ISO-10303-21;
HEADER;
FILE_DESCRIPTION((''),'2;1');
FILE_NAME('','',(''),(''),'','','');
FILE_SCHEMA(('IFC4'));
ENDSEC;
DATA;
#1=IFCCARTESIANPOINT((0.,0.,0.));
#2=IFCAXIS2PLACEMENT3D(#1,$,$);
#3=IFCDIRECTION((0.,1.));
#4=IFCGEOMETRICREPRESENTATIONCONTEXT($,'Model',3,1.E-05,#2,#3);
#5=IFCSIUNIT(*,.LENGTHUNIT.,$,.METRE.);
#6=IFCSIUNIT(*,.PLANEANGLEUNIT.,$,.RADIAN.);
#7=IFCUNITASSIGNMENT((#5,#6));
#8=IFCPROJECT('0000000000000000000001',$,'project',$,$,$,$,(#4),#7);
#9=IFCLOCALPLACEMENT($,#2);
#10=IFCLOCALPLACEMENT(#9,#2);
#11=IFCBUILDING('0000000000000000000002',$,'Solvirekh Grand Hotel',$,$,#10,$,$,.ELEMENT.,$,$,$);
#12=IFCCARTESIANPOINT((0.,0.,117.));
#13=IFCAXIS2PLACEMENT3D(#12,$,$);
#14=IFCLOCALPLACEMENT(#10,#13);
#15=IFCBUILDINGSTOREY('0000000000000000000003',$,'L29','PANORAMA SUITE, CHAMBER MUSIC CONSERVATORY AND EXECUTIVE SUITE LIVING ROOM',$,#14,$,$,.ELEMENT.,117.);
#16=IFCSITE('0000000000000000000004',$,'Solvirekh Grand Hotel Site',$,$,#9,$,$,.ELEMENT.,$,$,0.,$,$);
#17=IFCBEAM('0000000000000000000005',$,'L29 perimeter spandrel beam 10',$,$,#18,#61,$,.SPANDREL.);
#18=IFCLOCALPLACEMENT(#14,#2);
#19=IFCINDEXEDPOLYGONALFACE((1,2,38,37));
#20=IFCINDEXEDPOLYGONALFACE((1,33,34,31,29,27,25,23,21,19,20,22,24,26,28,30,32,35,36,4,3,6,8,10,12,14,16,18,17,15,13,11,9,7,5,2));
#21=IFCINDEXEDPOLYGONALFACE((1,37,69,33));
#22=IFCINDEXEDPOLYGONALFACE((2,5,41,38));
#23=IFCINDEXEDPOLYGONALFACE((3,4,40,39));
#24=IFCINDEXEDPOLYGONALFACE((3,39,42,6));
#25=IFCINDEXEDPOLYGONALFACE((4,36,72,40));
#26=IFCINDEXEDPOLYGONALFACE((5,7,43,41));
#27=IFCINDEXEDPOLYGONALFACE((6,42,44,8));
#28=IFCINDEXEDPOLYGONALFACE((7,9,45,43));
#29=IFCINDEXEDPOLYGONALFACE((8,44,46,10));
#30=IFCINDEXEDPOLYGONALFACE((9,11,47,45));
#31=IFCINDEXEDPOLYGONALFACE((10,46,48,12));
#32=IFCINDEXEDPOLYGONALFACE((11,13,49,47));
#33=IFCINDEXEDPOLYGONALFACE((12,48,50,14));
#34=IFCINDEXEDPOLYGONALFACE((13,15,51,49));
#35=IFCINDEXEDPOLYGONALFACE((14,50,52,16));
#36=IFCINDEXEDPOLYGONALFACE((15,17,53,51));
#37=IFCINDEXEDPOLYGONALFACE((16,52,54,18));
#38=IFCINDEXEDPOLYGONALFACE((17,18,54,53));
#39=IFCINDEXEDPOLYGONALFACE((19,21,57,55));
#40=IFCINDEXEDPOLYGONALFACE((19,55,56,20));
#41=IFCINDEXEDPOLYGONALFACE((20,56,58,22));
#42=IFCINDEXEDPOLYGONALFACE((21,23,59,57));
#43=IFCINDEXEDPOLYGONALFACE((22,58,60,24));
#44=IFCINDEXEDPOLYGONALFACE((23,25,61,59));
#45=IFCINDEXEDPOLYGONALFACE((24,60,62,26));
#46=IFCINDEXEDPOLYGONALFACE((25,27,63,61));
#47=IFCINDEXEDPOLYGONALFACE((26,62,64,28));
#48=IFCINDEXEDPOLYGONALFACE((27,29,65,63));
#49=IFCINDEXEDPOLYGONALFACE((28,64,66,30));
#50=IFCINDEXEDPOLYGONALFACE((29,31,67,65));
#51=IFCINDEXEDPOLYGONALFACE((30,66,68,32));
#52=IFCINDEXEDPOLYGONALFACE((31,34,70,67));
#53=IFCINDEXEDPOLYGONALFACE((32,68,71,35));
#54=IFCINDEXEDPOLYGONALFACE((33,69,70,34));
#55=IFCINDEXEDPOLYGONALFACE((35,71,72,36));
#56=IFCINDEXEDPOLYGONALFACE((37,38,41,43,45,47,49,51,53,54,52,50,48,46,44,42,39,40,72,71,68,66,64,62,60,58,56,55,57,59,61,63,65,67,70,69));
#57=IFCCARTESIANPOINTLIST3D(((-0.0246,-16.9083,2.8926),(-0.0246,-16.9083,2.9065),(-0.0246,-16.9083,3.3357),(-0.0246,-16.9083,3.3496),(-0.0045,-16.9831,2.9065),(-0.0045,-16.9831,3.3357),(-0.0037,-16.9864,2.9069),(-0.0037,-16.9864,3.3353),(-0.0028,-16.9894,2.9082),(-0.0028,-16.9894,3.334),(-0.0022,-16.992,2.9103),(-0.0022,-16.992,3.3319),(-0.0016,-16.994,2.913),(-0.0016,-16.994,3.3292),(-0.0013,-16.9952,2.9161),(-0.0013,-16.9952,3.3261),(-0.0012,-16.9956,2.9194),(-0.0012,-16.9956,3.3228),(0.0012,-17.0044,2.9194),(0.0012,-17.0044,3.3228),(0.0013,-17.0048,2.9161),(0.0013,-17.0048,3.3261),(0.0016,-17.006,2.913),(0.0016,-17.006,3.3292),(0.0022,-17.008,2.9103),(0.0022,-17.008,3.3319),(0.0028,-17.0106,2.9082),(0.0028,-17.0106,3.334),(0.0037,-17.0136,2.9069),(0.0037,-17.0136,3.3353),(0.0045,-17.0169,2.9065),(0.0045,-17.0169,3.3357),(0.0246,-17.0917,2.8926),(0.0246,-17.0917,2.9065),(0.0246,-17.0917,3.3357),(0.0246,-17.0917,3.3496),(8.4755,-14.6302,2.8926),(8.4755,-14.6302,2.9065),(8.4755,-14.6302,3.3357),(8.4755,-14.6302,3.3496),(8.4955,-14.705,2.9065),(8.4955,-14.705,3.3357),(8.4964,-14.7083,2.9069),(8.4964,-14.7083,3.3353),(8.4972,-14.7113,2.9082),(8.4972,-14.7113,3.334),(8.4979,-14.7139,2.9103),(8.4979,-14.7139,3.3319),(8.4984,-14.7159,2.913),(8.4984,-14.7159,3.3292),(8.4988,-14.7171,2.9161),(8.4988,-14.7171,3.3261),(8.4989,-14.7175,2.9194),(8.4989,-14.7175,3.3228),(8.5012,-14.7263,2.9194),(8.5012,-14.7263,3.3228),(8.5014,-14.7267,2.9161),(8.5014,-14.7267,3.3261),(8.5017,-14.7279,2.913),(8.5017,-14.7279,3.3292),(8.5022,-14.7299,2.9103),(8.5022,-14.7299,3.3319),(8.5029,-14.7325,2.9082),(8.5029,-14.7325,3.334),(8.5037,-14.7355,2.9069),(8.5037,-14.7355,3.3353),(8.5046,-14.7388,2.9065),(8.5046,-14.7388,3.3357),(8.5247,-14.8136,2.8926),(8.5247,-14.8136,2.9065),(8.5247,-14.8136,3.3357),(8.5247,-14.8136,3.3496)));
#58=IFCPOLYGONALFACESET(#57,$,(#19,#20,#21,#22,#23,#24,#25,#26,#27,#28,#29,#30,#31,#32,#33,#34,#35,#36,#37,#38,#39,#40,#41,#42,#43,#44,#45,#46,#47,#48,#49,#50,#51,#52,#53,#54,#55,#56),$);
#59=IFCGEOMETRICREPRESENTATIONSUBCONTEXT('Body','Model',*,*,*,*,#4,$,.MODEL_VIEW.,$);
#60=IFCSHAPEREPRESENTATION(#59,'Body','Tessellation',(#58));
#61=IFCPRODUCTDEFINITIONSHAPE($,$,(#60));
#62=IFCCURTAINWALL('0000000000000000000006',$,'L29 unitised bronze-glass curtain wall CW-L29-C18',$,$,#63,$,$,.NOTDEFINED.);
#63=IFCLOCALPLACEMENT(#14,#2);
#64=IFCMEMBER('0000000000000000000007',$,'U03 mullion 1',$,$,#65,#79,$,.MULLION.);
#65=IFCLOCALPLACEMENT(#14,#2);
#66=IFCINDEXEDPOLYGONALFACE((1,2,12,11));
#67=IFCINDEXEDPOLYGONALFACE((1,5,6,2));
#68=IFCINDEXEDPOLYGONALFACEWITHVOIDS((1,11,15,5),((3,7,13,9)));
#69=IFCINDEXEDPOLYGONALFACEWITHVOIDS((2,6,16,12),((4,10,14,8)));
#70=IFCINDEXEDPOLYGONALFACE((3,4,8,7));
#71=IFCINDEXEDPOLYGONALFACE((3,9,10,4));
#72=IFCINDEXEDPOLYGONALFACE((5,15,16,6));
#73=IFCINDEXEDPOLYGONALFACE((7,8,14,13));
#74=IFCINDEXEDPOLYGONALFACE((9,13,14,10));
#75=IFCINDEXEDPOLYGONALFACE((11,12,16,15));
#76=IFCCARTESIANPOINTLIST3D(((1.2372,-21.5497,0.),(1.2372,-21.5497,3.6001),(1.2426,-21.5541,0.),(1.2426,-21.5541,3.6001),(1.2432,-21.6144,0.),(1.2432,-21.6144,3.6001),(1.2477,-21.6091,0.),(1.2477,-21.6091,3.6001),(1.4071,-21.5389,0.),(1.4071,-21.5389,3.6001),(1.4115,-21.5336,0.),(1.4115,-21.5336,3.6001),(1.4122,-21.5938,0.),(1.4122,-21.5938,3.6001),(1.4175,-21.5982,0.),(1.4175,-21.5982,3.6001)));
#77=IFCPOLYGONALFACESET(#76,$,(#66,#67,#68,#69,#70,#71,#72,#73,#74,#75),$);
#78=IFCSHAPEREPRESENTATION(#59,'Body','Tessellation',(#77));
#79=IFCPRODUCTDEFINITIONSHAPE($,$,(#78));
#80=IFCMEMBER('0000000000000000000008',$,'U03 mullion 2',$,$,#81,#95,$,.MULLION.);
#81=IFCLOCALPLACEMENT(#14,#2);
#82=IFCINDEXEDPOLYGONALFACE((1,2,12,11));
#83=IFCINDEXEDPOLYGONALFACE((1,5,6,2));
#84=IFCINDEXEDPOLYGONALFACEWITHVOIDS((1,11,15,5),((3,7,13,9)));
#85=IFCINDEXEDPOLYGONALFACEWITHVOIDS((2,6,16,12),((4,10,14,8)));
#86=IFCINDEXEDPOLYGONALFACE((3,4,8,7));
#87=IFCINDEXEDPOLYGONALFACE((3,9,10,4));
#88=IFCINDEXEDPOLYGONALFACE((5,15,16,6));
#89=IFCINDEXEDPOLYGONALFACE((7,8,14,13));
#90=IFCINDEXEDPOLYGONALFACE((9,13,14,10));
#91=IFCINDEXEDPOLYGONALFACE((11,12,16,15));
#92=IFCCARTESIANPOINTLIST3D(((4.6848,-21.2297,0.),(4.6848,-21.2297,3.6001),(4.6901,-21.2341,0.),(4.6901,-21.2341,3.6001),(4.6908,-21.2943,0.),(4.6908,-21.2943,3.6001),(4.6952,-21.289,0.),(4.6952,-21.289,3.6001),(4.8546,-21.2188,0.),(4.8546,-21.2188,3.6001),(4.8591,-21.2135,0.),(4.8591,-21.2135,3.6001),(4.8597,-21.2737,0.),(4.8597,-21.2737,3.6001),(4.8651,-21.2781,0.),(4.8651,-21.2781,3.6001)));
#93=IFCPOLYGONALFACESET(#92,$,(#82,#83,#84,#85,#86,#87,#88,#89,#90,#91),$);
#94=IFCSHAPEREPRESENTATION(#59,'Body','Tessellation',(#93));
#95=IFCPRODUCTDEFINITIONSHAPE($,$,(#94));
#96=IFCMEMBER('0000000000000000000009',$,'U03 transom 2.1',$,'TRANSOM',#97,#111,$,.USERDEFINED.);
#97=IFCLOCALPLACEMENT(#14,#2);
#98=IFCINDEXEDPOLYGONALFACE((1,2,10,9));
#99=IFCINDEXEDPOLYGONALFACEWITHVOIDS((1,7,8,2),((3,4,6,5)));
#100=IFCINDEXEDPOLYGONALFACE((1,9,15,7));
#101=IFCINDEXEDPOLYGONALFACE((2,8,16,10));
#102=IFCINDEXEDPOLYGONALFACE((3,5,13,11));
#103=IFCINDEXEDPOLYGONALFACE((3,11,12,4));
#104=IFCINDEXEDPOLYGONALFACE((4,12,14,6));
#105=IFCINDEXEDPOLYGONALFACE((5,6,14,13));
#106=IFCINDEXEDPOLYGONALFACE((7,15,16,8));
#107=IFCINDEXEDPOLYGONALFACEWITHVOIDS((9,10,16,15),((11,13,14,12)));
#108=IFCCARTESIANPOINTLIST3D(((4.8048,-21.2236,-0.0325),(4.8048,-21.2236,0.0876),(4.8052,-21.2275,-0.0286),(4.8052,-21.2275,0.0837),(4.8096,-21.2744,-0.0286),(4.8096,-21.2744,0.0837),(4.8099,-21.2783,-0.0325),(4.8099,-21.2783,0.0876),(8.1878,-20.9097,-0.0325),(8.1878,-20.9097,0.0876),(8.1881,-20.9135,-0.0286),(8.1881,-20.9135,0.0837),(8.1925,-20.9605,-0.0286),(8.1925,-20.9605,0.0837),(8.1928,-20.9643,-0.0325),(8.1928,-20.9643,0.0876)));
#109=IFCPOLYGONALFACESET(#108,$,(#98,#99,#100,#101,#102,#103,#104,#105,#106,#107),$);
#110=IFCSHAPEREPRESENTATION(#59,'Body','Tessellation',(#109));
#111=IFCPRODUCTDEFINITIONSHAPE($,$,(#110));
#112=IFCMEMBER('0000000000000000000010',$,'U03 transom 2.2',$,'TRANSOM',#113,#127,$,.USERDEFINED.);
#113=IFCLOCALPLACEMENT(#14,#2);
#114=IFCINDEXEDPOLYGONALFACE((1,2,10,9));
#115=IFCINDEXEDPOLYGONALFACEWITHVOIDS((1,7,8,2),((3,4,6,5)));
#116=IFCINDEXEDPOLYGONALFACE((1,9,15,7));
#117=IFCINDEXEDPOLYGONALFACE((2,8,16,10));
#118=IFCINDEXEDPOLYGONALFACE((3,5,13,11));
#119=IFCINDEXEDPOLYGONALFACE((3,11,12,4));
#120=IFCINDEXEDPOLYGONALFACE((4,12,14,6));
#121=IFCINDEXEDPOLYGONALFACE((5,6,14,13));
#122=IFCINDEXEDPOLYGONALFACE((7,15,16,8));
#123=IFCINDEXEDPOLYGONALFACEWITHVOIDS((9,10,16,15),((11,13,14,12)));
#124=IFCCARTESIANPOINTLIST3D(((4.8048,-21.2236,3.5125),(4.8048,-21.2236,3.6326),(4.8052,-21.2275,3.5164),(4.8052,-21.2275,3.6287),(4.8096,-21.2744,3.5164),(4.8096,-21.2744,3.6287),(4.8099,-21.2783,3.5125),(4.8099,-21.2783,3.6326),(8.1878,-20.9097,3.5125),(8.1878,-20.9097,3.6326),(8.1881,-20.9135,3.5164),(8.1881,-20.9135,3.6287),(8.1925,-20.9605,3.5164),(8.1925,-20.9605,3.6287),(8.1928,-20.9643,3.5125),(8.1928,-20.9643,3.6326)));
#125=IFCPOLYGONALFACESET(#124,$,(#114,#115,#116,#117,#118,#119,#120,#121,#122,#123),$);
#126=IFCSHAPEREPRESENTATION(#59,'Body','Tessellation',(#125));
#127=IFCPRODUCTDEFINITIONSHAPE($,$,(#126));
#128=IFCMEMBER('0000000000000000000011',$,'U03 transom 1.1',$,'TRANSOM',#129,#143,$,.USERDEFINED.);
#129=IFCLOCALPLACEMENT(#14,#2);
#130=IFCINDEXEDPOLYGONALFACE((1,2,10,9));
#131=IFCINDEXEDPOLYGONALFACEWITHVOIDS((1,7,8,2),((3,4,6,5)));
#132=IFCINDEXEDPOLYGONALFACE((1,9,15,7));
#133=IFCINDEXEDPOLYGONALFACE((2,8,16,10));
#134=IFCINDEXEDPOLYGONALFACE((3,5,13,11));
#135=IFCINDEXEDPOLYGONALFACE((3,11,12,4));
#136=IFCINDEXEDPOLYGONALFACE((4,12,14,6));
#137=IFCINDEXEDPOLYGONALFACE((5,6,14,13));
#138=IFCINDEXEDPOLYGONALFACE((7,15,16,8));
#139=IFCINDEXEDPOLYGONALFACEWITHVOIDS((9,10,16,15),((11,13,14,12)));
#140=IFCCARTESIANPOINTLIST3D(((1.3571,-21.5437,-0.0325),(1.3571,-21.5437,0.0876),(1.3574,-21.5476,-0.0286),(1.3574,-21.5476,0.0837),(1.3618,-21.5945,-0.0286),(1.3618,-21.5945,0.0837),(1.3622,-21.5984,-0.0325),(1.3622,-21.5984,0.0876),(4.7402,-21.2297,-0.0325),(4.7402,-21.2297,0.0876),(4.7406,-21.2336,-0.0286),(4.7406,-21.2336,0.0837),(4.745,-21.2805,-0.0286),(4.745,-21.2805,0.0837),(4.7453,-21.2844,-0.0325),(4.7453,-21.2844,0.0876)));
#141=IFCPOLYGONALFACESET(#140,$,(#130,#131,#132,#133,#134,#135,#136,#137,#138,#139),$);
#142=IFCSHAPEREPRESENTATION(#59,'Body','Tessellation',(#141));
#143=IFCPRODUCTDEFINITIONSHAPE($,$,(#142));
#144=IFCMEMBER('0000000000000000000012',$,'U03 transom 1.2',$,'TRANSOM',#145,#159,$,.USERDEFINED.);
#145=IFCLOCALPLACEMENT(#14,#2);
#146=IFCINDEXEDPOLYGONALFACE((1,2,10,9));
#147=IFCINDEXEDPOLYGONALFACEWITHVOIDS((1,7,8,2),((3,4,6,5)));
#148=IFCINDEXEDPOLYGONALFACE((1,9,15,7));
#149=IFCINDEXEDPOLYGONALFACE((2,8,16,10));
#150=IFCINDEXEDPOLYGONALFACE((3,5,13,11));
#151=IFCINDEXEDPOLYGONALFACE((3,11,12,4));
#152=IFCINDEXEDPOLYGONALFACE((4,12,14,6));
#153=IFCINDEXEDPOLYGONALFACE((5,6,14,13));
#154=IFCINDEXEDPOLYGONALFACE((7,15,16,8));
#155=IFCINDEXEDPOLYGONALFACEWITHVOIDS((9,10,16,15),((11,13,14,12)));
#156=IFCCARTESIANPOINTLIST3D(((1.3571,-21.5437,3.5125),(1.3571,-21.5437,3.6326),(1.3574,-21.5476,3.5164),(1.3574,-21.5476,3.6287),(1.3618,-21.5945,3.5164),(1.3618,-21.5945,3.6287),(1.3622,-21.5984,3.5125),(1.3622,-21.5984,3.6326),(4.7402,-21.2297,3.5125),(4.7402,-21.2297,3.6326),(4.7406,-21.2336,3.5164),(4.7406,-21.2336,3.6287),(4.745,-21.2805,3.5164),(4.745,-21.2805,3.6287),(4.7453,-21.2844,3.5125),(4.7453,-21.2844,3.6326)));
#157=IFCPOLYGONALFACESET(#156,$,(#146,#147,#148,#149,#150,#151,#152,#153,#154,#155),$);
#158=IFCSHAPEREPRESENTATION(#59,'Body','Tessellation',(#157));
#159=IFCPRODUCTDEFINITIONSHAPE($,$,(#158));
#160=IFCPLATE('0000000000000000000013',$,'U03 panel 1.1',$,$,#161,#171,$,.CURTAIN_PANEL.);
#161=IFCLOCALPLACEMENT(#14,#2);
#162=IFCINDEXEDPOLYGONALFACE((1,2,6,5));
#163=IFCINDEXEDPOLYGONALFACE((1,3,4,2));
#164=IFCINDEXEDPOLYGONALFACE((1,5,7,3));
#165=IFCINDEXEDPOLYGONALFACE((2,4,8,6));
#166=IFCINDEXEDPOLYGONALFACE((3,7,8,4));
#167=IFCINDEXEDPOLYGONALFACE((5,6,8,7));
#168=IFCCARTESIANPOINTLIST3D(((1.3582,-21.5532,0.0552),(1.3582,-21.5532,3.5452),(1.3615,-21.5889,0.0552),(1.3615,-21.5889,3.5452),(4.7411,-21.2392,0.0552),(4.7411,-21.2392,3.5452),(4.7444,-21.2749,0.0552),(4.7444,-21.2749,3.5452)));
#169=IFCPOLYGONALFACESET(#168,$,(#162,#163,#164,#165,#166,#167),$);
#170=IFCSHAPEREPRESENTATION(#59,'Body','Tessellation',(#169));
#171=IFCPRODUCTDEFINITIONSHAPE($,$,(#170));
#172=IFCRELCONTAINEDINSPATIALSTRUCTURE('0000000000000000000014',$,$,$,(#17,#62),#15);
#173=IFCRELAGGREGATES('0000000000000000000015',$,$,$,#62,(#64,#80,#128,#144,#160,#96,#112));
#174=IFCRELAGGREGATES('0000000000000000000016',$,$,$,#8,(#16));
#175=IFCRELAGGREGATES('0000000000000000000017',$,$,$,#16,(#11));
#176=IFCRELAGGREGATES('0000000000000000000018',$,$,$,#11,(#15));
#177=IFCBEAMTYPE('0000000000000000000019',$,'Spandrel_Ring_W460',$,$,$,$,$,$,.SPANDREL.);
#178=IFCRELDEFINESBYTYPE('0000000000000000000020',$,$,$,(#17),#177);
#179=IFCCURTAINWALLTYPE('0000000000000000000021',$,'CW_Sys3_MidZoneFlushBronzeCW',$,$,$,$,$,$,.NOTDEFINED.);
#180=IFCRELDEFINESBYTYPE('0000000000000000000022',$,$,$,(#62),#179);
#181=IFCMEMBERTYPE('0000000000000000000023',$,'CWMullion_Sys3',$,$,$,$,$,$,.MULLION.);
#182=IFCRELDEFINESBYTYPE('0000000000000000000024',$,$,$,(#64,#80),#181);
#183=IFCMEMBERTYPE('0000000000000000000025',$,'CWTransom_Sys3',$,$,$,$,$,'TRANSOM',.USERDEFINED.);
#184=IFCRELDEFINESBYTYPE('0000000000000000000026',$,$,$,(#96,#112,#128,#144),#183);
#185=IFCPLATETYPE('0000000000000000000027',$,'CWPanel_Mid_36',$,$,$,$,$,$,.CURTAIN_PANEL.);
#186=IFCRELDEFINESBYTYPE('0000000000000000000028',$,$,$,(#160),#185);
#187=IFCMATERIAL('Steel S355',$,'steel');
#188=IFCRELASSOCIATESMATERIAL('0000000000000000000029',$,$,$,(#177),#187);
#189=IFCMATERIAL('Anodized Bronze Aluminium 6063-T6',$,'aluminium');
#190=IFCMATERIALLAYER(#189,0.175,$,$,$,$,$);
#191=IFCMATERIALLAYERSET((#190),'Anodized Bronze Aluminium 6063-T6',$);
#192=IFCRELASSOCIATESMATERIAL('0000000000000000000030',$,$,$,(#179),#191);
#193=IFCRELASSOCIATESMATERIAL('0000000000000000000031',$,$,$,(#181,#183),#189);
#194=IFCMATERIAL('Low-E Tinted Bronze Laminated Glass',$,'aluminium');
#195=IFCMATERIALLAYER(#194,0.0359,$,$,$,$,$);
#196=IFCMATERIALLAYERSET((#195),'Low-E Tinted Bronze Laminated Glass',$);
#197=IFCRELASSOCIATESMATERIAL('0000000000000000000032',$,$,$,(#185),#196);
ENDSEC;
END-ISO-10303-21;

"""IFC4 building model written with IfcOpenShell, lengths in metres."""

from ifc_helpers import new_model, si_unit, direction, frame, origin, origin_2d, place, context, subcontext, project, spatial, rectangle, hollow_rectangle, i_section, extrude, source, transform, mapped, material, layer, layer_set, material_profile, profile_set, type_object, element, aggregate, save


model = new_model("IFC4")

# Units and contexts
model_context = context("Model", 3, precision=1e-05, world=origin(), true_north=direction((0.0, 1.0)))
body_context = subcontext(model_context, "Body", "Model", "MODEL_VIEW")
ifc_project = project(units=[si_unit("LENGTHUNIT", "METRE"), si_unit("PLANEANGLEUNIT", "RADIAN")], contexts=[model_context])

# Site, building, storey
site_placement = place(None, origin())
site = spatial("IfcSite", under=ifc_project, at=site_placement, Name="Solvirekh Grand Hotel Site", CompositionType="ELEMENT", RefElevation=0.0)
building_placement = place(site_placement, origin())
building = spatial("IfcBuilding", under=site, at=building_placement, Name="Solvirekh Grand Hotel", CompositionType="ELEMENT")
storey_placement = place(building_placement, frame((0.0, 0.0, 117.0)))
storey = spatial("IfcBuildingStorey", under=building, at=storey_placement, Name="L29", Description="PANORAMA SUITE, CHAMBER MUSIC CONSERVATORY AND EXECUTIVE SUITE LIVING ROOM", CompositionType="ELEMENT", Elevation=117.0)

# Beam
ifc_material_1 = material(Name="Steel S355", Category="steel")
ifc_material_profile_1 = material_profile(ifc_material_1, i_section(OverallWidth=0.1899, OverallDepth=0.457, WebThickness=0.009, FlangeThickness=0.0139, FilletRadius=0.0129, at=origin_2d()), Name="W460X74")
ifc_profile_set_1 = profile_set([ifc_material_profile_1], Name="Steel S355")
beam_type_1 = type_object("IfcBeamType", Name="Spandrel_Ring_W460", PredefinedType="SPANDREL", material=ifc_profile_set_1)
beam_1_placement = place(storey_placement, frame((0.0, -17.0, 3.1211), z_axis=(0.965911, 0.258873, 0.0), x_axis=(-0.258873, 0.965911, 0.0)))
element("IfcBeam", 1, at=beam_1_placement, inside=storey, type_object=beam_type_1, Name="L29 perimeter spandrel beam 10", PredefinedType="SPANDREL", context=body_context, shape_type="SweptSolid", body=[
    extrude(i_section(OverallWidth=0.1899, OverallDepth=0.457, WebThickness=0.009, FlangeThickness=0.0139, FilletRadius=0.0129, at=origin_2d()), origin(), (0.0, 0.0, 1.0), 8.8),
])

# Curtain wall, members, plate
ifc_material_2 = material(Name="Anodized Bronze Aluminium 6063-T6", Category="aluminium")
ifc_layer_1 = layer(ifc_material_2, 0.175)
ifc_layer_set_1 = layer_set([ifc_layer_1], Name="Anodized Bronze Aluminium 6063-T6")
curtain_wall_type = type_object("IfcCurtainWallType", Name="CW_Sys3_MidZoneFlushBronzeCW", PredefinedType="NOTDEFINED", material=ifc_layer_set_1)
curtain_wall_placement = place(storey_placement, origin())
curtain_wall = element("IfcCurtainWall", 2, at=curtain_wall_placement, inside=storey, type_object=curtain_wall_type, Name="L29 unitised bronze-glass curtain wall CW-L29-C18", PredefinedType="NOTDEFINED")
ifc_material_profile_2 = material_profile(ifc_material_2, hollow_rectangle(XDim=0.0649, YDim=0.175, WallThickness=0.0049, at=origin_2d()), Name="ALU RHS 175X65X5")
ifc_profile_set_2 = profile_set([ifc_material_profile_2], Name="Anodized Bronze Aluminium 6063-T6")
member_type_1 = type_object("IfcMemberType", Name="CWMullion_Sys3", PredefinedType="MULLION", material=ifc_profile_set_2)
shared_shape_1 = source(origin(), body_context, "Body", "SweptSolid", [
    extrude(hollow_rectangle(XDim=0.0649, YDim=0.175, WallThickness=0.0049, at=origin_2d()), origin(), (0.0, 0.0, 1.0), 3.6001),
])
member_1_placement = place(storey_placement, frame((1.3274, -21.574, 0.0), z_axis=(0.0, 0.0, 1.0), x_axis=(-0.092419, 0.99572, 0.0)))
member_1 = element("IfcMember", 3, at=member_1_placement, type_object=member_type_1, Name="U03 mullion 1", PredefinedType="MULLION", context=body_context, shape_type="MappedRepresentation", body=[
    mapped(shared_shape_1, transform((0.0, 0.0, 0.0), x_axis=(1.0, 0.0, 0.0), y_axis=(0.0, 1.0, 0.0), z_axis=(0.0, 0.0, 1.0), scale=1.0)),
])
member_2_placement = place(storey_placement, frame((4.7749, -21.2539, 0.0), z_axis=(0.0, 0.0, 1.0), x_axis=(-0.092419, 0.99572, 0.0)))
member_2 = element("IfcMember", 4, at=member_2_placement, type_object=member_type_1, Name="U03 mullion 2", PredefinedType="MULLION", context=body_context, shape_type="MappedRepresentation", body=[
    mapped(shared_shape_1, transform((0.0, 0.0, 0.0), x_axis=(1.0, 0.0, 0.0), y_axis=(0.0, 1.0, 0.0), z_axis=(0.0, 0.0, 1.0), scale=1.0)),
])
ifc_material_profile_3 = material_profile(ifc_material_2, hollow_rectangle(XDim=0.0549, YDim=0.1201, WallThickness=0.0039, at=origin_2d()), Name="ALU RHS 120X55X4")
ifc_profile_set_3 = profile_set([ifc_material_profile_3], Name="Anodized Bronze Aluminium 6063-T6")
member_type_2 = type_object("IfcMemberType", Name="CWTransom_Sys3", ElementType="TRANSOM", PredefinedType="USERDEFINED", material=ifc_profile_set_3)
shared_shape_2 = source(origin(), body_context, "Body", "SweptSolid", [
    extrude(hollow_rectangle(XDim=0.0549, YDim=0.1201, WallThickness=0.0039, at=origin_2d()), origin(), (0.0, 0.0, 1.0), 3.3975),
])
member_3_placement = place(storey_placement, frame((4.8074, -21.251, 0.0276), z_axis=(0.995721, 0.092415, 0.0), x_axis=(-0.092415, 0.995721, 0.0)))
member_3 = element("IfcMember", 5, at=member_3_placement, type_object=member_type_2, Name="U03 transom 2.1", ObjectType="TRANSOM", PredefinedType="USERDEFINED", context=body_context, shape_type="MappedRepresentation", body=[
    mapped(shared_shape_2, transform((0.0, 0.0, 0.0), x_axis=(1.0, 0.0, 0.0), y_axis=(0.0, 1.0, 0.0), z_axis=(0.0, 0.0, 1.0), scale=1.0)),
])
member_4_placement = place(storey_placement, frame((4.8074, -21.251, 3.5725), z_axis=(0.995721, 0.092415, 0.0), x_axis=(-0.092415, 0.995721, 0.0)))
member_4 = element("IfcMember", 6, at=member_4_placement, type_object=member_type_2, Name="U03 transom 2.2", ObjectType="TRANSOM", PredefinedType="USERDEFINED", context=body_context, shape_type="MappedRepresentation", body=[
    mapped(shared_shape_2, transform((0.0, 0.0, 0.0), x_axis=(1.0, 0.0, 0.0), y_axis=(0.0, 1.0, 0.0), z_axis=(0.0, 0.0, 1.0), scale=1.0)),
])
shared_shape_3 = source(origin(), body_context, "Body", "SweptSolid", [
    extrude(hollow_rectangle(XDim=0.0549, YDim=0.1201, WallThickness=0.0039, at=origin_2d()), origin(), (0.0, 0.0, 1.0), 3.3977),
])
member_5_placement = place(storey_placement, frame((1.3596, -21.571, 0.0276), z_axis=(0.995721, 0.092408, 0.0), x_axis=(-0.092408, 0.995721, 0.0)))
member_5 = element("IfcMember", 7, at=member_5_placement, type_object=member_type_2, Name="U03 transom 1.1", ObjectType="TRANSOM", PredefinedType="USERDEFINED", context=body_context, shape_type="MappedRepresentation", body=[
    mapped(shared_shape_3, transform((0.0, 0.0, 0.0), x_axis=(1.0, 0.0, 0.0), y_axis=(0.0, 1.0, 0.0), z_axis=(0.0, 0.0, 1.0), scale=1.0)),
])
member_6_placement = place(storey_placement, frame((1.3596, -21.571, 3.5725), z_axis=(0.995721, 0.092408, 0.0), x_axis=(-0.092408, 0.995721, 0.0)))
member_6 = element("IfcMember", 8, at=member_6_placement, type_object=member_type_2, Name="U03 transom 1.2", ObjectType="TRANSOM", PredefinedType="USERDEFINED", context=body_context, shape_type="MappedRepresentation", body=[
    mapped(shared_shape_3, transform((0.0, 0.0, 0.0), x_axis=(1.0, 0.0, 0.0), y_axis=(0.0, 1.0, 0.0), z_axis=(0.0, 0.0, 1.0), scale=1.0)),
])
ifc_material_3 = material(Name="Low-E Tinted Bronze Laminated Glass", Category="aluminium")
ifc_layer_2 = layer(ifc_material_3, 0.0359)
ifc_layer_set_2 = layer_set([ifc_layer_2], Name="Low-E Tinted Bronze Laminated Glass")
plate_type = type_object("IfcPlateType", Name="CWPanel_Mid_36", PredefinedType="CURTAIN_PANEL", material=ifc_layer_set_2)
shared_shape_4 = source(origin(), body_context, "Body", "SweptSolid", [
    extrude(rectangle(XDim=3.3975, YDim=0.0359, at=origin_2d()), origin(), (0.0, 0.0, 1.0), 3.49),
])
plate_1_placement = place(storey_placement, frame((3.0513, -21.4141, 0.0552), z_axis=(0.0, 0.0, 1.0), x_axis=(0.99572, 0.092419, 0.0)))
plate_1 = element("IfcPlate", 9, at=plate_1_placement, type_object=plate_type, Name="U03 panel 1.1", PredefinedType="CURTAIN_PANEL", context=body_context, shape_type="MappedRepresentation", body=[
    mapped(shared_shape_4, transform((0.0, 0.0, 0.0), x_axis=(1.0, 0.0, 0.0), y_axis=(0.0, 1.0, 0.0), z_axis=(0.0, 0.0, 1.0), scale=1.0)),
])
aggregate(curtain_wall, [member_1, member_2, member_5, member_6, plate_1, member_3, member_4])

save(model, "model.ifc")
